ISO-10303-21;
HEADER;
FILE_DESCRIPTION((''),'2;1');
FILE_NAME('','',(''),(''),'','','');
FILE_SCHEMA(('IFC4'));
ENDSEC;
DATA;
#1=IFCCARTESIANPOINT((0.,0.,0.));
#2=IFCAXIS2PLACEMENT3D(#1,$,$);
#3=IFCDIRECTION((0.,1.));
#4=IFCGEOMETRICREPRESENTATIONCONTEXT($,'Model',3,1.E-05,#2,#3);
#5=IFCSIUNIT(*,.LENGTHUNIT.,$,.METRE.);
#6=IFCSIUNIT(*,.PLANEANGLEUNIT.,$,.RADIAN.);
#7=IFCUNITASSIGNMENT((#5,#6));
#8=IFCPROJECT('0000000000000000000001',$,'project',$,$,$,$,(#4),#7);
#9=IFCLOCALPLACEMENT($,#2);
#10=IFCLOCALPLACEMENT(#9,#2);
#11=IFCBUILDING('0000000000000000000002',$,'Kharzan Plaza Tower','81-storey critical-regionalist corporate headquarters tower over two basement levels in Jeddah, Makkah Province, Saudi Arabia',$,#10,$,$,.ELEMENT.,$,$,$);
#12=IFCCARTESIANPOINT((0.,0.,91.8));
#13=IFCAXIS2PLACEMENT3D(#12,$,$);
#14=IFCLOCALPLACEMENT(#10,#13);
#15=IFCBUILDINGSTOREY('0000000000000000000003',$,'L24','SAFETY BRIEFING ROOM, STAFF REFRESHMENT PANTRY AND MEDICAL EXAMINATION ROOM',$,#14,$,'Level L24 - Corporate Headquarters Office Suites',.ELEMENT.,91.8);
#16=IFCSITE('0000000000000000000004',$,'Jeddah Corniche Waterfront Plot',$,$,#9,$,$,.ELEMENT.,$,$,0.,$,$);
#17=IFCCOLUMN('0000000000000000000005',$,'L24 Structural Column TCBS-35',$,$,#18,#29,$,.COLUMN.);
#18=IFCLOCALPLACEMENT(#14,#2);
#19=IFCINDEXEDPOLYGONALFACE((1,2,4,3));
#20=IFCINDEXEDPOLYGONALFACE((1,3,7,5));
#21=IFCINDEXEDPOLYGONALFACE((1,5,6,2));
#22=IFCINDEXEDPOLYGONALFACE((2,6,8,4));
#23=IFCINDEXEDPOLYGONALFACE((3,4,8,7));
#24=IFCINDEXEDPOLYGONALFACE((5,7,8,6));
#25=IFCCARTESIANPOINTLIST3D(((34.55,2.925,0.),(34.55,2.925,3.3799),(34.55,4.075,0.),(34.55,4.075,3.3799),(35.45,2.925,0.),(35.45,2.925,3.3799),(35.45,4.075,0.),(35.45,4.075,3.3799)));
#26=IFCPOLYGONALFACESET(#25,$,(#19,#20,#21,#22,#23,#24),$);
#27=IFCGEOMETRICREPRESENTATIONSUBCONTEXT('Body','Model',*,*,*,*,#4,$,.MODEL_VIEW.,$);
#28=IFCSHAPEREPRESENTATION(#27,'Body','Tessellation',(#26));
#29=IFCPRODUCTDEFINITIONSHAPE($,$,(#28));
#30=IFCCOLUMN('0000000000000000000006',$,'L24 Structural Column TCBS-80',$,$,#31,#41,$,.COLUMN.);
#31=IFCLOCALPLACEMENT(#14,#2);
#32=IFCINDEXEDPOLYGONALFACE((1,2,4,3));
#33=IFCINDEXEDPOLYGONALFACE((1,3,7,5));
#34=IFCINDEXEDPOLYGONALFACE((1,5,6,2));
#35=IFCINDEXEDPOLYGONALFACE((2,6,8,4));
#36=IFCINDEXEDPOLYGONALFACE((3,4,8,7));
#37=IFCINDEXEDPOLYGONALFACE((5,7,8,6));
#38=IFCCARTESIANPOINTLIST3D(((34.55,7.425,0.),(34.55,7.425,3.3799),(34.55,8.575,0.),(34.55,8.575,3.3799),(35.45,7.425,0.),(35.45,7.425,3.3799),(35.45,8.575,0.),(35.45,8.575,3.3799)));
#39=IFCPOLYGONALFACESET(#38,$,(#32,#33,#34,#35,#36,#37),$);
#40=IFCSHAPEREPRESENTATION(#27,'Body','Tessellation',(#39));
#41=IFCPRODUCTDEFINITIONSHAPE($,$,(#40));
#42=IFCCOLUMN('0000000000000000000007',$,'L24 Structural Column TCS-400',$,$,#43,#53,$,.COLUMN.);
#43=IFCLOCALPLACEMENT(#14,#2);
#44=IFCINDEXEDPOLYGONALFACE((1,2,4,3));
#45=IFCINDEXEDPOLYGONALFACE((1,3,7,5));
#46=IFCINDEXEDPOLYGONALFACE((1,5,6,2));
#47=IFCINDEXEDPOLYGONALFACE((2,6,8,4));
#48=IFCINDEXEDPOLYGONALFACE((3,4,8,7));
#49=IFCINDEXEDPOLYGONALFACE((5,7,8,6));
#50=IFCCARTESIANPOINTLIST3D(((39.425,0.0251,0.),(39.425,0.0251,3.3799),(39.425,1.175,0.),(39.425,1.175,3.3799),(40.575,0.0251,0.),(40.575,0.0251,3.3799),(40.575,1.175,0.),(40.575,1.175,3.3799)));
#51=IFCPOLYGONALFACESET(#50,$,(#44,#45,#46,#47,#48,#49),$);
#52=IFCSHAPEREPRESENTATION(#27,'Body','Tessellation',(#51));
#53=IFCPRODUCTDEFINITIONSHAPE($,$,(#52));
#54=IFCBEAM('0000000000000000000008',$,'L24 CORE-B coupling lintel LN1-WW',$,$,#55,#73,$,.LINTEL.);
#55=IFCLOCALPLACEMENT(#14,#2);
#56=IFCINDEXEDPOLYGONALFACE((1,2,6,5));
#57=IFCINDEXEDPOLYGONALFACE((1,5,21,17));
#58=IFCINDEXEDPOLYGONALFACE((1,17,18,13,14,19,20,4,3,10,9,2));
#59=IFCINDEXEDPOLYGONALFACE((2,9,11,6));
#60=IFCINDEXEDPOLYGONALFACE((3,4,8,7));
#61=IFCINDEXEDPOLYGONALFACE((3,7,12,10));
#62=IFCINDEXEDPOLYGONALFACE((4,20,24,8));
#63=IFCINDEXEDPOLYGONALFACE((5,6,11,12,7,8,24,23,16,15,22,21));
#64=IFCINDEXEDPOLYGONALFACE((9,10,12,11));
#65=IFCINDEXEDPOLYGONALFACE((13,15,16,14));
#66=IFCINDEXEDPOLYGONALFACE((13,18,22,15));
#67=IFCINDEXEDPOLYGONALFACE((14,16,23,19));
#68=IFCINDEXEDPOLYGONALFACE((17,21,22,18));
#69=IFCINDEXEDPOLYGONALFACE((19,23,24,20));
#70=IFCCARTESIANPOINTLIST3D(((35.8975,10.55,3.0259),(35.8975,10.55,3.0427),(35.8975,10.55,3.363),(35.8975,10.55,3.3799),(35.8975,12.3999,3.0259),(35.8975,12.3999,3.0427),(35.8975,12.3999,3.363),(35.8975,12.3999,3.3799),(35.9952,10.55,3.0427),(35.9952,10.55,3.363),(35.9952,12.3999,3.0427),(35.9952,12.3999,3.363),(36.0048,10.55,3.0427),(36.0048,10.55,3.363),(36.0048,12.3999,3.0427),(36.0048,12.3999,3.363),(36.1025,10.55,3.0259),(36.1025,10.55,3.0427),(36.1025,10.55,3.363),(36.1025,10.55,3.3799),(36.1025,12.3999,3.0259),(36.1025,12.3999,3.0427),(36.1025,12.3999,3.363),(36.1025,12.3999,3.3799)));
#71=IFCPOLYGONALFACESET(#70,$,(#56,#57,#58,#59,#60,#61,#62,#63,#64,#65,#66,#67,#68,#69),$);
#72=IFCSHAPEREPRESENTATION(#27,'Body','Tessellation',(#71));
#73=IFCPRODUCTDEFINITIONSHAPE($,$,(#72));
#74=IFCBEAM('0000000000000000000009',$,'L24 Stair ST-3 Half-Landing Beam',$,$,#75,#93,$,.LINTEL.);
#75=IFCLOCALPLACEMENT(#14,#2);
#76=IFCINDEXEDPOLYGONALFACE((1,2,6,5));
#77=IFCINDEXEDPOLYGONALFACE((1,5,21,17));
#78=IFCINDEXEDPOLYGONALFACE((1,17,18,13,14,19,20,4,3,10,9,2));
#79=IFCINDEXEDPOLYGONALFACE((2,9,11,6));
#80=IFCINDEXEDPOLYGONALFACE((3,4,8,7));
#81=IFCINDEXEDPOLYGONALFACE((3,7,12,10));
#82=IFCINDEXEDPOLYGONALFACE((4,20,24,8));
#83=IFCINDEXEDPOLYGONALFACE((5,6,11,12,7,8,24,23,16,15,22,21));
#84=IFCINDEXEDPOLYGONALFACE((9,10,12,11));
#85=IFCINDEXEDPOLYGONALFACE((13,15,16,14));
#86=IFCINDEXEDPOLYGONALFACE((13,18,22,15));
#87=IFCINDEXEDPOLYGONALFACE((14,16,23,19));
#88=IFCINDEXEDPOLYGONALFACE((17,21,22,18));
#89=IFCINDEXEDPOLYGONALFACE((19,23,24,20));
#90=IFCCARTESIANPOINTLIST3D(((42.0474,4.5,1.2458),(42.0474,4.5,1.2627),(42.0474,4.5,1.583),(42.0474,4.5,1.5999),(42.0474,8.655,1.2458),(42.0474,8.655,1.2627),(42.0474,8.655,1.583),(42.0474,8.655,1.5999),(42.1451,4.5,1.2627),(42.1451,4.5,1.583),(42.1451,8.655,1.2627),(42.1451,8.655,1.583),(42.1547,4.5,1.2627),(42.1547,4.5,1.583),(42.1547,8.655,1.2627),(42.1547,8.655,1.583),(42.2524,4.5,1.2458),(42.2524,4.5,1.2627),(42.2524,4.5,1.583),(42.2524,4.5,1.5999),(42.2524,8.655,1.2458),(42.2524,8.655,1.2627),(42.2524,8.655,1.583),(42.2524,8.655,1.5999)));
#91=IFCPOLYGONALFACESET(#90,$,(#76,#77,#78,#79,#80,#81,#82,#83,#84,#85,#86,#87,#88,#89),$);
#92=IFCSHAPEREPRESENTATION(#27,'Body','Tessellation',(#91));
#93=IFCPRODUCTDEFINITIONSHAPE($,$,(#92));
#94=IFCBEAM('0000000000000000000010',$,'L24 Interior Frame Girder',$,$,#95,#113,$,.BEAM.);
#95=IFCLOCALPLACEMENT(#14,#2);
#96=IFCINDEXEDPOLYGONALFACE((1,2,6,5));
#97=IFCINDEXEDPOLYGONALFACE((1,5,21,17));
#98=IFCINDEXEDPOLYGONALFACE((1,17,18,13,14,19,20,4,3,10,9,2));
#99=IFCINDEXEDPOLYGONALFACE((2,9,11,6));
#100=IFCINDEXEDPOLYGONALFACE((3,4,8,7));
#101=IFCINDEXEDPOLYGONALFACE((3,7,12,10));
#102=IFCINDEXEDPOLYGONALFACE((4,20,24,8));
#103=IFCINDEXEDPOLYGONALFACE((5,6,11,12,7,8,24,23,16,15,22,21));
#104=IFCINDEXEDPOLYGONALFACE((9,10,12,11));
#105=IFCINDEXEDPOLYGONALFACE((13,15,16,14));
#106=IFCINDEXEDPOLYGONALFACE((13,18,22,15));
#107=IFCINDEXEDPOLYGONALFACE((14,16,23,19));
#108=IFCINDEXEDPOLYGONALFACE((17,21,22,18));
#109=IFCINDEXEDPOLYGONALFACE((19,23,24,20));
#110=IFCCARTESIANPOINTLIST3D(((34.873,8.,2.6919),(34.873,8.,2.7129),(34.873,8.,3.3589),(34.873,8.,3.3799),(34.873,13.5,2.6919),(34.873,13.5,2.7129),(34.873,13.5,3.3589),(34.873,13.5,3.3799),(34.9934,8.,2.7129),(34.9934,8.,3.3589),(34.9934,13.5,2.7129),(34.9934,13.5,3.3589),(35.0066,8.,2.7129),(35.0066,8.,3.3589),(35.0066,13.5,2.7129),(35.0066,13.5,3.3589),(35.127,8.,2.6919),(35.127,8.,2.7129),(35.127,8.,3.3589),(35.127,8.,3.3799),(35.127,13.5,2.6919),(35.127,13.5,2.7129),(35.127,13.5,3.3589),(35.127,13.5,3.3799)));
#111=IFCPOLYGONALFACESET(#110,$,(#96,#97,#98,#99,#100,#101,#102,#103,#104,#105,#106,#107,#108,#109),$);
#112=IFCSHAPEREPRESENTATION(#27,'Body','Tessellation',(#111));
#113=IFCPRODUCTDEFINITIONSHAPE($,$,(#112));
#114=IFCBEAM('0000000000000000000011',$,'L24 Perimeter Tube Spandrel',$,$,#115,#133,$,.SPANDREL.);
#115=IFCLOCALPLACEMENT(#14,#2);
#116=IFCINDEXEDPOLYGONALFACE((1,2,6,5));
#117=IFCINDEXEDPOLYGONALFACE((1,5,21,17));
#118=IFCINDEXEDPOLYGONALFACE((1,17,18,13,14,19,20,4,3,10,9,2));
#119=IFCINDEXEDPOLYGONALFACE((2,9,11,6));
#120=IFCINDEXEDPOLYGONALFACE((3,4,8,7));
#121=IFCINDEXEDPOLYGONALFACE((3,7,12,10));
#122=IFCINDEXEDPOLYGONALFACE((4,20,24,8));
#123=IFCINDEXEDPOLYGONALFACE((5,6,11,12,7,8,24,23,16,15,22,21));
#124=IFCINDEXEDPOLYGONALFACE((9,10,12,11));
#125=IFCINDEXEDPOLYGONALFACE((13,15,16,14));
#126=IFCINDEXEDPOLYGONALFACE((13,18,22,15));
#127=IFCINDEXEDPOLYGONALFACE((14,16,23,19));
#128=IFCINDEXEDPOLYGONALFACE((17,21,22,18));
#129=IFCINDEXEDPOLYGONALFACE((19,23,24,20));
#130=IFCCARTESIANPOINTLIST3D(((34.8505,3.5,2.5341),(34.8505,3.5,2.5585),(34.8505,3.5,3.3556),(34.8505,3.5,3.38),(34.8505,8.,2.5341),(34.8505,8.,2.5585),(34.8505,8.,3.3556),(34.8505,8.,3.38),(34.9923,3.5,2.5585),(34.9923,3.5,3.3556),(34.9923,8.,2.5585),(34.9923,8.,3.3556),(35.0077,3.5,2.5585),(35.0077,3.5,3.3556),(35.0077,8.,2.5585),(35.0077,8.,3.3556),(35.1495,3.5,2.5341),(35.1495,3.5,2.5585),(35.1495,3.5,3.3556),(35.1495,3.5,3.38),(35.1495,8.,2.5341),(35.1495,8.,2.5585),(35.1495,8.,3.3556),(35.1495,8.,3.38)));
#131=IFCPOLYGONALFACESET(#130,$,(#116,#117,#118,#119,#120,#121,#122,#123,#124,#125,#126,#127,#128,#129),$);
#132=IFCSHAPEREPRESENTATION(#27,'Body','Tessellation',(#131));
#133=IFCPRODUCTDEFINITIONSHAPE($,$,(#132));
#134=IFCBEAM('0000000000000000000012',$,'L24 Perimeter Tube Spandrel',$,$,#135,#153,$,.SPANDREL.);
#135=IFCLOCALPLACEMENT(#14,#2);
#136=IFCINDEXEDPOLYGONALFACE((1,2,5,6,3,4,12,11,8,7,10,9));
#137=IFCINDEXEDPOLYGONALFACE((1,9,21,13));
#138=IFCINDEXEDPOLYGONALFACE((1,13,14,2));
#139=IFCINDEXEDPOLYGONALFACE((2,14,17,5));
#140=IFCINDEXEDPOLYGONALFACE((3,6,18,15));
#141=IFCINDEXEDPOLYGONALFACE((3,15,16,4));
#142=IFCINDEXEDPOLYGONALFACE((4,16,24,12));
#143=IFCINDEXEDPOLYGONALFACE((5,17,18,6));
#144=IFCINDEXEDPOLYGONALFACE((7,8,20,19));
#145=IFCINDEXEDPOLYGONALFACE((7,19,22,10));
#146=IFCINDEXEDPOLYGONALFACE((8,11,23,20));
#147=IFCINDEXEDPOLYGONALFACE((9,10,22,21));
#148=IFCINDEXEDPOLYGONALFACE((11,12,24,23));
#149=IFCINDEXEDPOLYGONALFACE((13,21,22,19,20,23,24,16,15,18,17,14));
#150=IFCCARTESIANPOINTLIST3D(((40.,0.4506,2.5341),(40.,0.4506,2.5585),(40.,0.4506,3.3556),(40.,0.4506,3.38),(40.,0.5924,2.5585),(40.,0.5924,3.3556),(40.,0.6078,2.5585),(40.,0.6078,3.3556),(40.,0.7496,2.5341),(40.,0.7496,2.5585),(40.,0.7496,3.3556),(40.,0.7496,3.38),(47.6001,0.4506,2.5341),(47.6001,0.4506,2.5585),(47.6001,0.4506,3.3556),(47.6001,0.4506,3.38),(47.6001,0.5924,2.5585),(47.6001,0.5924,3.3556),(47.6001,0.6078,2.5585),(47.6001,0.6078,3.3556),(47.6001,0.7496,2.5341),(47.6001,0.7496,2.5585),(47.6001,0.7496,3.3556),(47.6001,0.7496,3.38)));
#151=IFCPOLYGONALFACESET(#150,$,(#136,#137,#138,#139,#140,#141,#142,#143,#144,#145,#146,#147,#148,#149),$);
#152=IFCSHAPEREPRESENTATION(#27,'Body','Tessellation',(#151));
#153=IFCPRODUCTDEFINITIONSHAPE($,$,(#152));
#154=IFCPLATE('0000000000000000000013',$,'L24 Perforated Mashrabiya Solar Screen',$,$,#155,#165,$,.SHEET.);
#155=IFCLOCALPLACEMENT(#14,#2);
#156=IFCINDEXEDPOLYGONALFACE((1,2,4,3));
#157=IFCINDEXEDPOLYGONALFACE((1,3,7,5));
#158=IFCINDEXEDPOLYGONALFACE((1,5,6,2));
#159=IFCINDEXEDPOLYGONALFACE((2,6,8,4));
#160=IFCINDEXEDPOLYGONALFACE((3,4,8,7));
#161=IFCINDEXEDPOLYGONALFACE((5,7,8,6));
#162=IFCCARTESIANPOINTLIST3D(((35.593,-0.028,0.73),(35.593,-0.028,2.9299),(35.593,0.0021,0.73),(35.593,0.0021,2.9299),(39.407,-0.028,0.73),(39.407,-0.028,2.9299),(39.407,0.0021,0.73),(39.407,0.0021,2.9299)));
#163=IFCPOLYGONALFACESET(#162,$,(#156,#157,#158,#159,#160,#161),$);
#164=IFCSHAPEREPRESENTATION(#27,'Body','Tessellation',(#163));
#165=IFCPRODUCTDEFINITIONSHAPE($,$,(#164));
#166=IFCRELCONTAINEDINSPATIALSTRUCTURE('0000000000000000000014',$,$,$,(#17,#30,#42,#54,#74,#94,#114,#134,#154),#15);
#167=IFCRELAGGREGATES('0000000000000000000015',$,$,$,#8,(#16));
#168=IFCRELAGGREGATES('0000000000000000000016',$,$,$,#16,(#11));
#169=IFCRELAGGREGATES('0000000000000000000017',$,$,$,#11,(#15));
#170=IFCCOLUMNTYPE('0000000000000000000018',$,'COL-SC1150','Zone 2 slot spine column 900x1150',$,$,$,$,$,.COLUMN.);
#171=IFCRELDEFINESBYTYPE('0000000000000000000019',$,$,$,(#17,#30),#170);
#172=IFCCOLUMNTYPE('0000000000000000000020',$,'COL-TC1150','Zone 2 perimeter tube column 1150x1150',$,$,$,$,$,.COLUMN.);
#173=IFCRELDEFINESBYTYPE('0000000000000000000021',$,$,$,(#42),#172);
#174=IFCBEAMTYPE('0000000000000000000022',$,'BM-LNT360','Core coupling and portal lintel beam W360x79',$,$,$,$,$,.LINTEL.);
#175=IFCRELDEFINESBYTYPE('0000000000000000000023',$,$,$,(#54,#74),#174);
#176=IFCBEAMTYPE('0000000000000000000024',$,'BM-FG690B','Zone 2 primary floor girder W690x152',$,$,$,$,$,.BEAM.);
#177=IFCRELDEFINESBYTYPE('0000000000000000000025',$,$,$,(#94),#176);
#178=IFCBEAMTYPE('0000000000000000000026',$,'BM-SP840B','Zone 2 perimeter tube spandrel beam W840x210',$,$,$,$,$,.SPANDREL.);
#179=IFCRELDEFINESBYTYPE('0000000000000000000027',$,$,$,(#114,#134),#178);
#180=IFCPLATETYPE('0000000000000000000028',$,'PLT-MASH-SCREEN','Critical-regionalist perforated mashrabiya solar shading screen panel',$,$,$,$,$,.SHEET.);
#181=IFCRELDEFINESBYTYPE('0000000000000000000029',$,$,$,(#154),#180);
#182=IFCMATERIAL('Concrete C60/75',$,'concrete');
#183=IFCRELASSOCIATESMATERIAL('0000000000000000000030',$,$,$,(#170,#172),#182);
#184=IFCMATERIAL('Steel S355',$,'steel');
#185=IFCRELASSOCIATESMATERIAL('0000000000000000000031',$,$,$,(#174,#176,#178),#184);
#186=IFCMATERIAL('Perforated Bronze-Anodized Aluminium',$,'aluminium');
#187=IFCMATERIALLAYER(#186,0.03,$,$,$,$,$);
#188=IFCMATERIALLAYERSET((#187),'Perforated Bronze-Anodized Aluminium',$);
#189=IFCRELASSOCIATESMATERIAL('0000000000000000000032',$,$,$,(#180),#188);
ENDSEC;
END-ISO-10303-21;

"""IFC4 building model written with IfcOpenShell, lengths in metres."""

from ifc_helpers import new_model, si_unit, direction, frame, origin, origin_2d, place, context, subcontext, project, spatial, rectangle, i_section, extrude, source, transform, mapped, material, layer, layer_set, material_profile, profile_set, type_object, element, save


model = new_model("IFC4")

# Units and contexts
model_context = context("Model", 3, precision=1e-05, world=origin(), true_north=direction((0.0, 1.0)))
body_context = subcontext(model_context, "Body", "Model", "MODEL_VIEW")
ifc_project = project(units=[si_unit("LENGTHUNIT", "METRE"), si_unit("PLANEANGLEUNIT", "RADIAN")], contexts=[model_context])

# Site, building, storey
site_placement = place(None, origin())
site = spatial("IfcSite", under=ifc_project, at=site_placement, Name="Jeddah Corniche Waterfront Plot", CompositionType="ELEMENT", RefElevation=0.0)
building_placement = place(site_placement, origin())
building = spatial("IfcBuilding", under=site, at=building_placement, Name="Kharzan Plaza Tower", Description="81-storey critical-regionalist corporate headquarters tower over two basement levels in Jeddah, Makkah Province, Saudi Arabia", CompositionType="ELEMENT")
storey_placement = place(building_placement, frame((0.0, 0.0, 91.8)))
storey = spatial("IfcBuildingStorey", under=building, at=storey_placement, Name="L24", Description="SAFETY BRIEFING ROOM, STAFF REFRESHMENT PANTRY AND MEDICAL EXAMINATION ROOM", LongName="Level L24 - Corporate Headquarters Office Suites", CompositionType="ELEMENT", Elevation=91.8)

# Columns
ifc_material_1 = material(Name="Concrete C60/75", Category="concrete")
ifc_material_profile_1 = material_profile(ifc_material_1, rectangle(XDim=0.8999, YDim=1.1499, at=origin_2d()), Name="RC-SC1150x900")
ifc_profile_set_1 = profile_set([ifc_material_profile_1], Name="Concrete C60/75")
column_type_1 = type_object("IfcColumnType", Name="COL-SC1150", Description="Zone 2 slot spine column 900x1150", PredefinedType="COLUMN", material=ifc_profile_set_1)
shared_shape_1 = source(origin(), body_context, "Body", "SweptSolid", [
    extrude(rectangle(XDim=0.8999, YDim=1.1499, at=origin_2d()), origin(), (0.0, 0.0, 1.0), 3.3799),
])
for number, where, z_axis, x_axis, name in (
    (1, (35.0, 3.5, 0.0), (0.0, 0.0, 1.0), (1.0, 0.0, 0.0), "L24 Structural Column TCBS-35"),
    (2, (35.0, 8.0, 0.0), (0.0, 0.0, 1.0), (1.0, 0.0, 0.0), "L24 Structural Column TCBS-80"),
):
    element("IfcColumn", number, at=place(storey_placement, frame(where, z_axis=z_axis, x_axis=x_axis)), inside=storey, type_object=column_type_1, Name=name, PredefinedType="COLUMN", context=body_context, shape_type="MappedRepresentation", body=[
        mapped(shared_shape_1, transform((0.0, 0.0, 0.0), x_axis=(1.0, 0.0, 0.0), y_axis=(0.0, 1.0, 0.0), z_axis=(0.0, 0.0, 1.0))),
    ])
ifc_material_profile_2 = material_profile(ifc_material_1, rectangle(XDim=1.1499, YDim=1.1499, at=origin_2d()), Name="RC-TC1150x1150")
ifc_profile_set_2 = profile_set([ifc_material_profile_2], Name="Concrete C60/75")
column_type_2 = type_object("IfcColumnType", Name="COL-TC1150", Description="Zone 2 perimeter tube column 1150x1150", PredefinedType="COLUMN", material=ifc_profile_set_2)
shared_shape_2 = source(origin(), body_context, "Body", "SweptSolid", [
    extrude(rectangle(XDim=1.1499, YDim=1.1499, at=origin_2d()), origin(), (0.0, 0.0, 1.0), 3.3799),
])
column_placement = place(storey_placement, frame((40.0, 0.6001, 0.0), z_axis=(0.0, 0.0, 1.0), x_axis=(1.0, 0.0, 0.0)))
element("IfcColumn", 3, at=column_placement, inside=storey, type_object=column_type_2, Name="L24 Structural Column TCS-400", PredefinedType="COLUMN", context=body_context, shape_type="MappedRepresentation", body=[
    mapped(shared_shape_2, transform((0.0, 0.0, 0.0), x_axis=(1.0, 0.0, 0.0), y_axis=(0.0, 1.0, 0.0), z_axis=(0.0, 0.0, 1.0))),
])

# Beams
ifc_material_2 = material(Name="Steel S355", Category="steel")
ifc_material_profile_3 = material_profile(ifc_material_2, i_section(OverallWidth=0.2051, OverallDepth=0.354, WebThickness=0.0095, FlangeThickness=0.0168, at=origin_2d()), Name="W360x79")
ifc_profile_set_3 = profile_set([ifc_material_profile_3], Name="Steel S355")
beam_type_1 = type_object("IfcBeamType", Name="BM-LNT360", Description="Core coupling and portal lintel beam W360x79", PredefinedType="LINTEL", material=ifc_profile_set_3)
shared_shape_3 = source(origin(), body_context, "Body", "SweptSolid", [
    extrude(i_section(OverallWidth=0.2051, OverallDepth=0.354, WebThickness=0.0095, FlangeThickness=0.0168, at=origin_2d()), origin(), (0.0, 0.0, 1.0), 1.8499),
])
beam_1_placement = place(storey_placement, frame((36.0, 10.55, 3.2029), z_axis=(0.0, 1.0, 0.0), x_axis=(-1.0, 0.0, 0.0)))
element("IfcBeam", 4, at=beam_1_placement, inside=storey, type_object=beam_type_1, Name="L24 CORE-B coupling lintel LN1-WW", PredefinedType="LINTEL", context=body_context, shape_type="MappedRepresentation", body=[
    mapped(shared_shape_3, transform((0.0, 0.0, 0.0), x_axis=(1.0, 0.0, 0.0), y_axis=(0.0, 1.0, 0.0), z_axis=(0.0, 0.0, 1.0))),
])
shared_shape_4 = source(origin(), body_context, "Body", "SweptSolid", [
    extrude(i_section(OverallWidth=0.2051, OverallDepth=0.354, WebThickness=0.0095, FlangeThickness=0.0168, at=origin_2d()), origin(), (0.0, 0.0, 1.0), 4.155),
])
beam_2_placement = place(storey_placement, frame((42.1499, 4.5, 1.4229), z_axis=(0.0, 1.0, 0.0), x_axis=(-1.0, 0.0, 0.0)))
element("IfcBeam", 5, at=beam_2_placement, inside=storey, type_object=beam_type_1, Name="L24 Stair ST-3 Half-Landing Beam", PredefinedType="LINTEL", context=body_context, shape_type="MappedRepresentation", body=[
    mapped(shared_shape_4, transform((0.0, 0.0, 0.0), x_axis=(1.0, 0.0, 0.0), y_axis=(0.0, 1.0, 0.0), z_axis=(0.0, 0.0, 1.0))),
])
ifc_material_profile_4 = material_profile(ifc_material_2, i_section(OverallWidth=0.2539, OverallDepth=0.688, WebThickness=0.0132, FlangeThickness=0.021, at=origin_2d()), Name="W690x152")
ifc_profile_set_4 = profile_set([ifc_material_profile_4], Name="Steel S355")
beam_type_2 = type_object("IfcBeamType", Name="BM-FG690B", Description="Zone 2 primary floor girder W690x152", PredefinedType="BEAM", material=ifc_profile_set_4)
shared_shape_5 = source(origin(), body_context, "Body", "SweptSolid", [
    extrude(i_section(OverallWidth=0.2539, OverallDepth=0.688, WebThickness=0.0132, FlangeThickness=0.021, at=origin_2d()), origin(), (0.0, 0.0, 1.0), 5.5),
])
beam_3_placement = place(storey_placement, frame((35.0, 8.0, 3.0359), z_axis=(0.0, 1.0, 0.0), x_axis=(-1.0, 0.0, 0.0)))
element("IfcBeam", 6, at=beam_3_placement, inside=storey, type_object=beam_type_2, Name="L24 Interior Frame Girder", PredefinedType="BEAM", context=body_context, shape_type="MappedRepresentation", body=[
    mapped(shared_shape_5, transform((0.0, 0.0, 0.0), x_axis=(1.0, 0.0, 0.0), y_axis=(0.0, 1.0, 0.0), z_axis=(0.0, 0.0, 1.0))),
])
ifc_material_profile_5 = material_profile(ifc_material_2, i_section(OverallWidth=0.2991, OverallDepth=0.8459, WebThickness=0.0154, FlangeThickness=0.0244, at=origin_2d()), Name="W840x210")
ifc_profile_set_5 = profile_set([ifc_material_profile_5], Name="Steel S355")
beam_type_3 = type_object("IfcBeamType", Name="BM-SP840B", Description="Zone 2 perimeter tube spandrel beam W840x210", PredefinedType="SPANDREL", material=ifc_profile_set_5)
shared_shape_6 = source(origin(), body_context, "Body", "SweptSolid", [
    extrude(i_section(OverallWidth=0.2991, OverallDepth=0.8459, WebThickness=0.0154, FlangeThickness=0.0244, at=origin_2d()), origin(), (0.0, 0.0, 1.0), 4.5),
])
beam_4_placement = place(storey_placement, frame((35.0, 3.5, 2.957), z_axis=(0.0, 1.0, 0.0), x_axis=(-1.0, 0.0, 0.0)))
element("IfcBeam", 7, at=beam_4_placement, inside=storey, type_object=beam_type_3, Name="L24 Perimeter Tube Spandrel", PredefinedType="SPANDREL", context=body_context, shape_type="MappedRepresentation", body=[
    mapped(shared_shape_6, transform((0.0, 0.0, 0.0), x_axis=(1.0, 0.0, 0.0), y_axis=(0.0, 1.0, 0.0), z_axis=(0.0, 0.0, 1.0))),
])
shared_shape_7 = source(origin(), body_context, "Body", "SweptSolid", [
    extrude(i_section(OverallWidth=0.2991, OverallDepth=0.8459, WebThickness=0.0154, FlangeThickness=0.0244, at=origin_2d()), origin(), (0.0, 0.0, 1.0), 7.6001),
])
beam_5_placement = place(storey_placement, frame((40.0, 0.6001, 2.957), z_axis=(1.0, 0.0, 0.0), x_axis=(0.0, 1.0, 0.0)))
element("IfcBeam", 8, at=beam_5_placement, inside=storey, type_object=beam_type_3, Name="L24 Perimeter Tube Spandrel", PredefinedType="SPANDREL", context=body_context, shape_type="MappedRepresentation", body=[
    mapped(shared_shape_7, transform((0.0, 0.0, 0.0), x_axis=(1.0, 0.0, 0.0), y_axis=(0.0, 1.0, 0.0), z_axis=(0.0, 0.0, 1.0))),
])

# Plate
ifc_material_3 = material(Name="Perforated Bronze-Anodized Aluminium", Category="aluminium")
ifc_layer_1 = layer(ifc_material_3, 0.03)
ifc_layer_set_1 = layer_set([ifc_layer_1], Name="Perforated Bronze-Anodized Aluminium")
plate_type = type_object("IfcPlateType", Name="PLT-MASH-SCREEN", Description="Critical-regionalist perforated mashrabiya solar shading screen panel", PredefinedType="SHEET", material=ifc_layer_set_1)
shared_shape_8 = source(origin(), body_context, "Body", "SweptSolid", [
    extrude(rectangle(XDim=3.814, YDim=0.03, at=origin_2d()), origin(), (0.0, 0.0, 1.0), 2.2),
])
plate_placement = place(storey_placement, frame((37.5, -0.0129, 0.73), z_axis=(0.0, 0.0, 1.0), x_axis=(1.0, 0.0, 0.0)))
element("IfcPlate", 9, at=plate_placement, inside=storey, type_object=plate_type, Name="L24 Perforated Mashrabiya Solar Screen", PredefinedType="SHEET", context=body_context, shape_type="MappedRepresentation", body=[
    mapped(shared_shape_8, transform((0.0, 0.0, 0.0), x_axis=(1.0, 0.0, 0.0), y_axis=(0.0, 1.0, 0.0), z_axis=(0.0, 0.0, 1.0))),
])

save(model, "model.ifc")
